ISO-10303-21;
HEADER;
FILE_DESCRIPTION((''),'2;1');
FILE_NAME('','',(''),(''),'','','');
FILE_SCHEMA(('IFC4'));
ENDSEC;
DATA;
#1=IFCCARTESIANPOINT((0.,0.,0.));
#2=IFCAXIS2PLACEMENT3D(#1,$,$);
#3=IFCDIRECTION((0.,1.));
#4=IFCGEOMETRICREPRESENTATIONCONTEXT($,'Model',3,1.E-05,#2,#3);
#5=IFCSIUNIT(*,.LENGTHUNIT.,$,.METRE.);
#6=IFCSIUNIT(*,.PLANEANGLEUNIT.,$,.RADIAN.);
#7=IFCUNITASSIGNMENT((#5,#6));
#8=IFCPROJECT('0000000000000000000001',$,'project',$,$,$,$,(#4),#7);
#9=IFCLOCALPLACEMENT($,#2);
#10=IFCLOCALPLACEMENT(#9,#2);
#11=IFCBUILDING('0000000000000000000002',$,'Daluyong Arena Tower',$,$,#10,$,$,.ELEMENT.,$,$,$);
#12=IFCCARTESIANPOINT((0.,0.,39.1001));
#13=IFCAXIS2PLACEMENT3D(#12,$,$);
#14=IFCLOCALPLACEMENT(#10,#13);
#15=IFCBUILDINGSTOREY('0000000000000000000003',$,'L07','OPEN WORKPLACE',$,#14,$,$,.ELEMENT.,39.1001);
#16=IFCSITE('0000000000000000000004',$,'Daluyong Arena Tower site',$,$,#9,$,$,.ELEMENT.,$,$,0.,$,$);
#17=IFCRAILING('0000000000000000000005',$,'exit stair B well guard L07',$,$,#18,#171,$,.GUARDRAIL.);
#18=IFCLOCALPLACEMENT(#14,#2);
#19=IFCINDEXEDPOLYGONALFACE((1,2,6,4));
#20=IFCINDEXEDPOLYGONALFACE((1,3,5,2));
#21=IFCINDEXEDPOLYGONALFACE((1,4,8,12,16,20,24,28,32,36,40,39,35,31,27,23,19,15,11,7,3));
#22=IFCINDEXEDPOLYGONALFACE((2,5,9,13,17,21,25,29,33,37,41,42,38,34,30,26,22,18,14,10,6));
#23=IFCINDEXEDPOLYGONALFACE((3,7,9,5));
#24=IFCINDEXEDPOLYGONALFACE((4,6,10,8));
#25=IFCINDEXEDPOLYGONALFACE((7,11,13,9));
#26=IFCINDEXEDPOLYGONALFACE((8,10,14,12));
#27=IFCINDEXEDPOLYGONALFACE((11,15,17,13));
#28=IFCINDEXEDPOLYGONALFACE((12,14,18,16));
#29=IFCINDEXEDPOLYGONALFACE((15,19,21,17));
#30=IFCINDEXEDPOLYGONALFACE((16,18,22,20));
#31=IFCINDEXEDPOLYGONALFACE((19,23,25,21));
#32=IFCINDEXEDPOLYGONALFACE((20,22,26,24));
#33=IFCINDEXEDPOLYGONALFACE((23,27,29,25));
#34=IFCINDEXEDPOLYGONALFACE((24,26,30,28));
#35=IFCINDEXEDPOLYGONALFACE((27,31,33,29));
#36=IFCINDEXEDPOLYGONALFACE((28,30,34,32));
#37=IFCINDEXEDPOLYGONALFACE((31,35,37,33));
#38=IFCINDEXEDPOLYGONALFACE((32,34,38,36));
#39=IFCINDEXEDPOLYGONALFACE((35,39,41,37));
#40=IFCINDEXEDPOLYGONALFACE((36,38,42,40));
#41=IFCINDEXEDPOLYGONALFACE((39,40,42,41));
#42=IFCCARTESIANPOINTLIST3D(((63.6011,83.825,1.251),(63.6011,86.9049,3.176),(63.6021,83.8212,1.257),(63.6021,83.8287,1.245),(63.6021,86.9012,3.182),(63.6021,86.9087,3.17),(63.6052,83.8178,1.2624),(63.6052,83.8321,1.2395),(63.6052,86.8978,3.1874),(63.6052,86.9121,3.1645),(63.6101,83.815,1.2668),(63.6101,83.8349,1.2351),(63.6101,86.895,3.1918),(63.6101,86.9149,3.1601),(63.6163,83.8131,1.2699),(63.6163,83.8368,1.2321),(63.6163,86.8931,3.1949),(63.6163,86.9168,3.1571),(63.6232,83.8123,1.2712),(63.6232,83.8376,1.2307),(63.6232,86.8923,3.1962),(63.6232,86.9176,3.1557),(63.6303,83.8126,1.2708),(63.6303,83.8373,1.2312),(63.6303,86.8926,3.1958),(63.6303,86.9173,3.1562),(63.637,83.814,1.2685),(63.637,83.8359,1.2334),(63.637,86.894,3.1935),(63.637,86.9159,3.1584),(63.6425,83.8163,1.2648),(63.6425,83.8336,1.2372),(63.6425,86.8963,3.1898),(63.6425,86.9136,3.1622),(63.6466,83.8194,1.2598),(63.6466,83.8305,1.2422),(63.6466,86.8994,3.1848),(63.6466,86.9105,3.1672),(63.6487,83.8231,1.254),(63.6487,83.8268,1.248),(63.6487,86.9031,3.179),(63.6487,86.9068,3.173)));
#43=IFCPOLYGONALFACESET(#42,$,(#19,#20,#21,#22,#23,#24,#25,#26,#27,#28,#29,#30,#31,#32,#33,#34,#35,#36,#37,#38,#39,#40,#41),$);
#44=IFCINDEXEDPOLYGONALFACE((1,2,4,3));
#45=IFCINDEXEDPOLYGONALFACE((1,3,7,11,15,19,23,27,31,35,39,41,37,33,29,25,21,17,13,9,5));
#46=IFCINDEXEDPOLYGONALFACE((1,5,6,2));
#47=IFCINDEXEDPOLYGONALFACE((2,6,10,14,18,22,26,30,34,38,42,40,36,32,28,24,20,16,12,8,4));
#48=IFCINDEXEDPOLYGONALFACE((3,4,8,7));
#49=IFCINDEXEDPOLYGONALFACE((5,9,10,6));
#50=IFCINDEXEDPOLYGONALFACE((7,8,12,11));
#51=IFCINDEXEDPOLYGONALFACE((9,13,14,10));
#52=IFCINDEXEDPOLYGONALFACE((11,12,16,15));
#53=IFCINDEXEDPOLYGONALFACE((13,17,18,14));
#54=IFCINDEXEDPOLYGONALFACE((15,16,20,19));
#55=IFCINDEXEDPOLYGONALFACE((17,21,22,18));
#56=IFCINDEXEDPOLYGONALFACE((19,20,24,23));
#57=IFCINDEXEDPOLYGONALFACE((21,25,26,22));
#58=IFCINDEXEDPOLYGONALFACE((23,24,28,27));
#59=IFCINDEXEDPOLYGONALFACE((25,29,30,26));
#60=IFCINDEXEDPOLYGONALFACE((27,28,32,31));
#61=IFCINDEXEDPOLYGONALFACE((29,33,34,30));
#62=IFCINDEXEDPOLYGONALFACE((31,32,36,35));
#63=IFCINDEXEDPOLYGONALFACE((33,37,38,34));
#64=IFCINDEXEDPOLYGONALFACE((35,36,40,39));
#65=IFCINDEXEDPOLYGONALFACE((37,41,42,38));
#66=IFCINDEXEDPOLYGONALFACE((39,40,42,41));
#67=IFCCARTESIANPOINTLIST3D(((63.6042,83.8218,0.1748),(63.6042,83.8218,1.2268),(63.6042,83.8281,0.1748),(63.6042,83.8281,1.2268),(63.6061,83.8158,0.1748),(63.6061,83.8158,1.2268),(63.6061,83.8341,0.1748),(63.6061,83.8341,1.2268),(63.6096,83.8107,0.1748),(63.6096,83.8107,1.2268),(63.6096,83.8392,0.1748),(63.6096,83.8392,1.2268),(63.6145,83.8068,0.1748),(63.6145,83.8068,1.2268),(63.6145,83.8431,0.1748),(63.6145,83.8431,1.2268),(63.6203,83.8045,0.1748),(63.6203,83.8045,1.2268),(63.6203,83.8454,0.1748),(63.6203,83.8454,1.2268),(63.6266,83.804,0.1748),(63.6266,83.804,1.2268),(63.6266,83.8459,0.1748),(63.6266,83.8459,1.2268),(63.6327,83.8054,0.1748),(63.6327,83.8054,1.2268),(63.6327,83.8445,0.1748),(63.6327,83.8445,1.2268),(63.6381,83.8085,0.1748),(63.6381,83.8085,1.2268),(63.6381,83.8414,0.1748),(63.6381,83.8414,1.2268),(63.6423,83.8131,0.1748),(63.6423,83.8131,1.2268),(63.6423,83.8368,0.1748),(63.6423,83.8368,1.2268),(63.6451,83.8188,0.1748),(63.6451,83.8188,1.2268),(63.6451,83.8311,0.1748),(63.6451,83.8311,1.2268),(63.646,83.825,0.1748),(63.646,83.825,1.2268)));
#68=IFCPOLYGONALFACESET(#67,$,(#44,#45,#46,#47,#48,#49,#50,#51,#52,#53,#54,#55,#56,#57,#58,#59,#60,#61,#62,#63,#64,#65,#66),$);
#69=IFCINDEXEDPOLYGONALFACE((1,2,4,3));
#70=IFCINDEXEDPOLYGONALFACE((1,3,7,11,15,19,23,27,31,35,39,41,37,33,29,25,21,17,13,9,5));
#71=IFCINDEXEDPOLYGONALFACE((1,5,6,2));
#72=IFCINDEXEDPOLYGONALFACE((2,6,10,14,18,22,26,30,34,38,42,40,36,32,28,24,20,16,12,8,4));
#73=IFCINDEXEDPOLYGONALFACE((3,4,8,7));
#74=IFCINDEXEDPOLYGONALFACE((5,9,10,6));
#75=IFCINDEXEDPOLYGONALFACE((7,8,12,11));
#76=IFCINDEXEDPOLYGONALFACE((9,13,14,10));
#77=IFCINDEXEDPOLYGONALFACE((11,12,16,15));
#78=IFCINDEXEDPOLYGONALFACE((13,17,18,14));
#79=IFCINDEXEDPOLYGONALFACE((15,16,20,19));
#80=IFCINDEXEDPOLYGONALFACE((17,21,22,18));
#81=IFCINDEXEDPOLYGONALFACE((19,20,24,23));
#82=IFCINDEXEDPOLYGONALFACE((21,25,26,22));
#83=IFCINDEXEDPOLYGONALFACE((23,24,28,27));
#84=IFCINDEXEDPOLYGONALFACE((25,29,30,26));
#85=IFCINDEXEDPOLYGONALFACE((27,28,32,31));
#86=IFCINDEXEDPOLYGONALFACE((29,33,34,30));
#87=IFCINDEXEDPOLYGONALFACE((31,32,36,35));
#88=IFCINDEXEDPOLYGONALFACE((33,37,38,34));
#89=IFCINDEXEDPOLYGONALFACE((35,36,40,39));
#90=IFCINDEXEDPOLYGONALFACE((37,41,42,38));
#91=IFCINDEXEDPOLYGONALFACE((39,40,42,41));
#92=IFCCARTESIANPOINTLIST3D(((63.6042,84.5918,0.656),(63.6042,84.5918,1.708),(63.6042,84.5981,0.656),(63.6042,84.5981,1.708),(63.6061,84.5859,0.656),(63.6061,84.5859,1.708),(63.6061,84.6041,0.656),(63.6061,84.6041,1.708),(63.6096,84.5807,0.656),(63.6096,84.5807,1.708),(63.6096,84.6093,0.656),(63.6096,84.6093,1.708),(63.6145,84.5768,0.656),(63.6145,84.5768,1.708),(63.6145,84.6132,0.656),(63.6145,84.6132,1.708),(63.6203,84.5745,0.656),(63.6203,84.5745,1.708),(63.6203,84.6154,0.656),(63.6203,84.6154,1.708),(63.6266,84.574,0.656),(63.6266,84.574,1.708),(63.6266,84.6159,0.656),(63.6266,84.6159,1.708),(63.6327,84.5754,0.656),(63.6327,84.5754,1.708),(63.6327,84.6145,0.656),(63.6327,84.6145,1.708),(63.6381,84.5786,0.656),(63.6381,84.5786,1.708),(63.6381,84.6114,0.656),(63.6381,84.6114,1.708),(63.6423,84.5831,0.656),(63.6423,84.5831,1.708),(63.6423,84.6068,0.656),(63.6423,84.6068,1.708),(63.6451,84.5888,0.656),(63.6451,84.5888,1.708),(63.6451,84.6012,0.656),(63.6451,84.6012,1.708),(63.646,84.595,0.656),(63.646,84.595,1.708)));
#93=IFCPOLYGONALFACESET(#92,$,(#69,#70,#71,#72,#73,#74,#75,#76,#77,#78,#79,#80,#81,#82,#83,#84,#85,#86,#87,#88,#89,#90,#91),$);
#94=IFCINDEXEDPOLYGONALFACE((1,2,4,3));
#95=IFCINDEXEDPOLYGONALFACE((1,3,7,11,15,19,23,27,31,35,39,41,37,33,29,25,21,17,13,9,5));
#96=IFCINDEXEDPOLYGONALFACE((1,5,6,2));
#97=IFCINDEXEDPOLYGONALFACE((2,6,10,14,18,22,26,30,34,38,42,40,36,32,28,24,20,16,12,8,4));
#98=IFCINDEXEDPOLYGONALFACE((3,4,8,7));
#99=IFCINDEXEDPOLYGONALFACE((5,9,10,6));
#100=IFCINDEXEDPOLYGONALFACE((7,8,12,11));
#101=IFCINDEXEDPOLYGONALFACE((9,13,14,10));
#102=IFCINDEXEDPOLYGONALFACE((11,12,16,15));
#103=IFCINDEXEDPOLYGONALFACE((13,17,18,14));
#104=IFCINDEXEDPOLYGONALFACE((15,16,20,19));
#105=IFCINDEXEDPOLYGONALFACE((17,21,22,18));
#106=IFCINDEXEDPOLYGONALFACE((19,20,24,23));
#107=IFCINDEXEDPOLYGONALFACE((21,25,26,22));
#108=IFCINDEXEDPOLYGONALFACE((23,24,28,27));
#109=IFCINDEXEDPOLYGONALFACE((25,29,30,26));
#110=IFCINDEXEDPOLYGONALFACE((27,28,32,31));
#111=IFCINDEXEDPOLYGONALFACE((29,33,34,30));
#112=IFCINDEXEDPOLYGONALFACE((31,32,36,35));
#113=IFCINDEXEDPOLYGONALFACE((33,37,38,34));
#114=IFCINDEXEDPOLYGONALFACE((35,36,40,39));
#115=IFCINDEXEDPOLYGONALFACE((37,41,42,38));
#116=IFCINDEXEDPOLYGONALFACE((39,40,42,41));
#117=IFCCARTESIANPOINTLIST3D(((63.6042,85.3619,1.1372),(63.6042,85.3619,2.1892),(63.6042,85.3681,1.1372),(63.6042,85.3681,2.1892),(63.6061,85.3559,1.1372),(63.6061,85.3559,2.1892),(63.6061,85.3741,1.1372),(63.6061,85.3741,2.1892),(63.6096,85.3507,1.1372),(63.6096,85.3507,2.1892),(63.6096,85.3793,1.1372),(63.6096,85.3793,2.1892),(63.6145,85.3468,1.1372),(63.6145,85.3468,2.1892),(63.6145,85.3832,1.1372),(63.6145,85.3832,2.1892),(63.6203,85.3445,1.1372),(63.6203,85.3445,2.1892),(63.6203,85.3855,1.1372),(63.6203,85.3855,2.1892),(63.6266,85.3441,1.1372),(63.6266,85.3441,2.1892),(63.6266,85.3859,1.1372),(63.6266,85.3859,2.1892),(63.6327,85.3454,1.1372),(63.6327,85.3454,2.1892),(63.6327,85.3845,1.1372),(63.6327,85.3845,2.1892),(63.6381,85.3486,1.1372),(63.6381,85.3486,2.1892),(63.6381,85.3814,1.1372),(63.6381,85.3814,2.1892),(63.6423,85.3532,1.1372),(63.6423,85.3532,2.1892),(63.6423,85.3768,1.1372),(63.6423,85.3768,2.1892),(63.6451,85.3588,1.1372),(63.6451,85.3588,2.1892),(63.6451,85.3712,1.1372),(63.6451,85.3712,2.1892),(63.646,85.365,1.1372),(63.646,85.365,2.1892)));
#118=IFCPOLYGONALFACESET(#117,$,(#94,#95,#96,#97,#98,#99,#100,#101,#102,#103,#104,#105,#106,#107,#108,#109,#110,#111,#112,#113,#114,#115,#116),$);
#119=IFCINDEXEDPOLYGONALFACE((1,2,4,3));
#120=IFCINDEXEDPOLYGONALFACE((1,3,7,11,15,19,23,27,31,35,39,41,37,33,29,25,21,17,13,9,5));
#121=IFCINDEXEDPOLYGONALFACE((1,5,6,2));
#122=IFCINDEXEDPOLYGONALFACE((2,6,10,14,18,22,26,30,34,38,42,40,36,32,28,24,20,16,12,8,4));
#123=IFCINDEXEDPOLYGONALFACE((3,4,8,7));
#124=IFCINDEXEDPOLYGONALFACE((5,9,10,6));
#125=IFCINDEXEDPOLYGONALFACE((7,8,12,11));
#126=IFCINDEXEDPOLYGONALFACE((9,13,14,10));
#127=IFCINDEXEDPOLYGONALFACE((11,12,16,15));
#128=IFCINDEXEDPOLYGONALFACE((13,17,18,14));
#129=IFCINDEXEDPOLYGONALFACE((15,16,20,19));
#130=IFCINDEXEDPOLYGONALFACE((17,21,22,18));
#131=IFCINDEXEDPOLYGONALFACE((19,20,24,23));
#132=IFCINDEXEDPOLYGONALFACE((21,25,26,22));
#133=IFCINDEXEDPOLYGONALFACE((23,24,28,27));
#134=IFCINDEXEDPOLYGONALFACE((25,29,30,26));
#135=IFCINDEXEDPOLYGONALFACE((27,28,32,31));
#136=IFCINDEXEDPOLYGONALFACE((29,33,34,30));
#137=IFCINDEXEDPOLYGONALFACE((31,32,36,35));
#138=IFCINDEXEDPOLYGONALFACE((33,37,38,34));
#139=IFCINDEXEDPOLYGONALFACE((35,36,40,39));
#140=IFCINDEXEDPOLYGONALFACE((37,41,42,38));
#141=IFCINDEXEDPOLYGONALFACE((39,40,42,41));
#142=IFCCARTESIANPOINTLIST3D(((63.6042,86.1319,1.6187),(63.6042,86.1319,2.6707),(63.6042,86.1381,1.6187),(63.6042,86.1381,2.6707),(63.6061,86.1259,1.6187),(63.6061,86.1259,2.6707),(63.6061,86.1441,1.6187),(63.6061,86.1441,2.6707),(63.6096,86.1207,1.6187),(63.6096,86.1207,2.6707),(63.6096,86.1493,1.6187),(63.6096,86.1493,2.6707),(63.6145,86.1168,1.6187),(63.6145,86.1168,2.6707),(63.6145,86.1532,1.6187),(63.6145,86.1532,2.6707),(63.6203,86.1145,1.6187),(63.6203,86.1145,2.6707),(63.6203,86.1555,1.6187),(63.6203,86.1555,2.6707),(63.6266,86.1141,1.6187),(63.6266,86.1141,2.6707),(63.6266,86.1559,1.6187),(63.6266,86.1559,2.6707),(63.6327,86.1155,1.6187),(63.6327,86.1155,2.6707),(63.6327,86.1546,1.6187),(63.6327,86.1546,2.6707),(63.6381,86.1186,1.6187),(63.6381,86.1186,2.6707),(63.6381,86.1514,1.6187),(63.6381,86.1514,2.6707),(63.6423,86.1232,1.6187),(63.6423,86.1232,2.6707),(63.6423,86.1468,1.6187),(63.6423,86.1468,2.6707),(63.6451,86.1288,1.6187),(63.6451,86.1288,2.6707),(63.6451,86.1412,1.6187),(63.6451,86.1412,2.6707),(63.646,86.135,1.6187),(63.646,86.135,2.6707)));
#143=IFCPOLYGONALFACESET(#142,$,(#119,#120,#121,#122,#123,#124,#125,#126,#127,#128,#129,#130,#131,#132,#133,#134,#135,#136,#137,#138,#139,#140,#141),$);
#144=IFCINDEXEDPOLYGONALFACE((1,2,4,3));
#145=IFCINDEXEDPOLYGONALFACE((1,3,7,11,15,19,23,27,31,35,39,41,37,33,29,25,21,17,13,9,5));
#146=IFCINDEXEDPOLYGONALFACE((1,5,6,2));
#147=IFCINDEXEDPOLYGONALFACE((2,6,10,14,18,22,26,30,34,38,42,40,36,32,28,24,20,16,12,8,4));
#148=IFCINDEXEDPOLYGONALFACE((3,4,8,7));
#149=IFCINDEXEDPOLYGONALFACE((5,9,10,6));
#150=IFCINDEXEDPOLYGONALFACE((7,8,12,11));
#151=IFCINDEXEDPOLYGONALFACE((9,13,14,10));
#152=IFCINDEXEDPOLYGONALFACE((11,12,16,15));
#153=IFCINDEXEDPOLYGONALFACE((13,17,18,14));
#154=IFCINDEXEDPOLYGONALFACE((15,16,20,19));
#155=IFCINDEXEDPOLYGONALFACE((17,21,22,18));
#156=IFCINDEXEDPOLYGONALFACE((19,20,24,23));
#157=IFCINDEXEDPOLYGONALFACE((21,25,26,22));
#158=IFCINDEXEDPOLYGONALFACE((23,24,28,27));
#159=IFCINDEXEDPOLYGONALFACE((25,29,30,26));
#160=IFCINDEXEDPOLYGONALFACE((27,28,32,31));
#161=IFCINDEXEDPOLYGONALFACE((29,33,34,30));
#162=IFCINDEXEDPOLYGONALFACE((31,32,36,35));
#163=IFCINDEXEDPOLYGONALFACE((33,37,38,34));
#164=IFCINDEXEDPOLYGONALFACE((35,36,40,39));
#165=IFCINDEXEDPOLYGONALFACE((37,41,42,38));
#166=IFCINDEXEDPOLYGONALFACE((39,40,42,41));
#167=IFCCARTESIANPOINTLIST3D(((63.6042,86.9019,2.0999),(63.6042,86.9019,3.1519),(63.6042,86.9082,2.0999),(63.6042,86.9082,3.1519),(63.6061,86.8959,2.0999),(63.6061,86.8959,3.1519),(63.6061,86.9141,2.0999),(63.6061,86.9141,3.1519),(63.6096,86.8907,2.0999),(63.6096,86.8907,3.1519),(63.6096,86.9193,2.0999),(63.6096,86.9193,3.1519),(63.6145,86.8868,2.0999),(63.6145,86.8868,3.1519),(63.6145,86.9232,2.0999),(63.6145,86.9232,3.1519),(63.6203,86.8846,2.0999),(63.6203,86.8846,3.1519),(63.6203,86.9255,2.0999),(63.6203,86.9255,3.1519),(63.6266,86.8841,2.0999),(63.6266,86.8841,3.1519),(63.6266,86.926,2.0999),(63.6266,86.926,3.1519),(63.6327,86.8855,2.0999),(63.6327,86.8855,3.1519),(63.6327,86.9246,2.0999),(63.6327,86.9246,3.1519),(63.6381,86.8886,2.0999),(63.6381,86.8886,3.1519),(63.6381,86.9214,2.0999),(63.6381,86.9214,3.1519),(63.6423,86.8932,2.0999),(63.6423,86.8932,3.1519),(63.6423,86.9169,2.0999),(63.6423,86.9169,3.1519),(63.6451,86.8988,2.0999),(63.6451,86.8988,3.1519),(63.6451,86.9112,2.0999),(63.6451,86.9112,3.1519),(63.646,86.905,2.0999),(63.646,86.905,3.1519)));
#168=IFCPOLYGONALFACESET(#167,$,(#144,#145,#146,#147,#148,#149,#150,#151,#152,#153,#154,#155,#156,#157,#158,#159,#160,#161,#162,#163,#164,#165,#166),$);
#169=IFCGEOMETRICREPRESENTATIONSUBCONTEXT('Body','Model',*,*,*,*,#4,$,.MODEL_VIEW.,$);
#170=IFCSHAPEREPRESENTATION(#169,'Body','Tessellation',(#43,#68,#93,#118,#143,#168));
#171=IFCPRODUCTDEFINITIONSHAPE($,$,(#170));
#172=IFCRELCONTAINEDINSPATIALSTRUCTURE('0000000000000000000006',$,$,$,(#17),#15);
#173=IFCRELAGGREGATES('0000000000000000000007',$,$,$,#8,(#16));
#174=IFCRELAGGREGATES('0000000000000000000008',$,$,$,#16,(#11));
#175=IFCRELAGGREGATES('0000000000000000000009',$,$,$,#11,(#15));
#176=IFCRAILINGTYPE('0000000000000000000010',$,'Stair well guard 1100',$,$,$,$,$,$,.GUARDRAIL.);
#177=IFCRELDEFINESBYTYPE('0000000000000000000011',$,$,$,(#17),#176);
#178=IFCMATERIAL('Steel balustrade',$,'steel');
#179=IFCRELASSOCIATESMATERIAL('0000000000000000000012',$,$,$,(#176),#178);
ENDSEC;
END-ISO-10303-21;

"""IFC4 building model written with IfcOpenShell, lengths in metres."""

from ifc_helpers import new_model, si_unit, direction, frame, origin, origin_2d, place, context, subcontext, project, spatial, circle, extrude, material, type_object, element, save


model = new_model("IFC4")

# Units and contexts
model_context = context("Model", 3, precision=1e-05, world=origin(), true_north=direction((0.0, 1.0)))
body_context = subcontext(model_context, "Body", "Model", "MODEL_VIEW")
ifc_project = project(units=[si_unit("LENGTHUNIT", "METRE"), si_unit("PLANEANGLEUNIT", "RADIAN")], contexts=[model_context])

# Site, building, storey
site_placement = place(None, origin())
site = spatial("IfcSite", under=ifc_project, at=site_placement, Name="Daluyong Arena Tower site", CompositionType="ELEMENT", RefElevation=0.0)
building_placement = place(site_placement, origin())
building = spatial("IfcBuilding", under=site, at=building_placement, Name="Daluyong Arena Tower", CompositionType="ELEMENT")
storey_placement = place(building_placement, frame((0.0, 0.0, 39.1001)))
storey = spatial("IfcBuildingStorey", under=building, at=storey_placement, Name="L07", Description="OPEN WORKPLACE", CompositionType="ELEMENT", Elevation=39.1001)

# Railing
ifc_material_1 = material(Name="Steel balustrade", Category="steel")
railing_type_1 = type_object("IfcRailingType", Name="Stair well guard 1100", PredefinedType="GUARDRAIL", material=ifc_material_1)
railing_1_placement = place(storey_placement, frame((63.625, 83.825, 0.1748)))
element("IfcRailing", 1, at=railing_1_placement, inside=storey, type_object=railing_type_1, Name="exit stair B well guard L07", PredefinedType="GUARDRAIL", context=body_context, shape_type="SweptSolid", body=[
    extrude(circle(Radius=0.0239, at=origin_2d()), frame((0.0, 0.0, 1.0762), z_axis=(0.0, 0.847998, 0.529999), x_axis=(-1.0, 0.0, 0.0)), (0.0, 0.0, 1.0), 3.6321),
    extrude(circle(Radius=0.021, at=origin_2d()), origin(), (0.0, 0.0, 1.0), 1.052),
    extrude(circle(Radius=0.021, at=origin_2d()), frame((0.0, 0.77, 0.4812)), (0.0, 0.0, 1.0), 1.052),
    extrude(circle(Radius=0.021, at=origin_2d()), frame((0.0, 1.54, 0.9624)), (0.0, 0.0, 1.0), 1.052),
    extrude(circle(Radius=0.021, at=origin_2d()), frame((0.0, 2.3101, 1.4438)), (0.0, 0.0, 1.0), 1.052),
    extrude(circle(Radius=0.021, at=origin_2d()), frame((0.0, 3.0801, 1.925)), (0.0, 0.0, 1.0), 1.052),
])

save(model, "model.ifc")
